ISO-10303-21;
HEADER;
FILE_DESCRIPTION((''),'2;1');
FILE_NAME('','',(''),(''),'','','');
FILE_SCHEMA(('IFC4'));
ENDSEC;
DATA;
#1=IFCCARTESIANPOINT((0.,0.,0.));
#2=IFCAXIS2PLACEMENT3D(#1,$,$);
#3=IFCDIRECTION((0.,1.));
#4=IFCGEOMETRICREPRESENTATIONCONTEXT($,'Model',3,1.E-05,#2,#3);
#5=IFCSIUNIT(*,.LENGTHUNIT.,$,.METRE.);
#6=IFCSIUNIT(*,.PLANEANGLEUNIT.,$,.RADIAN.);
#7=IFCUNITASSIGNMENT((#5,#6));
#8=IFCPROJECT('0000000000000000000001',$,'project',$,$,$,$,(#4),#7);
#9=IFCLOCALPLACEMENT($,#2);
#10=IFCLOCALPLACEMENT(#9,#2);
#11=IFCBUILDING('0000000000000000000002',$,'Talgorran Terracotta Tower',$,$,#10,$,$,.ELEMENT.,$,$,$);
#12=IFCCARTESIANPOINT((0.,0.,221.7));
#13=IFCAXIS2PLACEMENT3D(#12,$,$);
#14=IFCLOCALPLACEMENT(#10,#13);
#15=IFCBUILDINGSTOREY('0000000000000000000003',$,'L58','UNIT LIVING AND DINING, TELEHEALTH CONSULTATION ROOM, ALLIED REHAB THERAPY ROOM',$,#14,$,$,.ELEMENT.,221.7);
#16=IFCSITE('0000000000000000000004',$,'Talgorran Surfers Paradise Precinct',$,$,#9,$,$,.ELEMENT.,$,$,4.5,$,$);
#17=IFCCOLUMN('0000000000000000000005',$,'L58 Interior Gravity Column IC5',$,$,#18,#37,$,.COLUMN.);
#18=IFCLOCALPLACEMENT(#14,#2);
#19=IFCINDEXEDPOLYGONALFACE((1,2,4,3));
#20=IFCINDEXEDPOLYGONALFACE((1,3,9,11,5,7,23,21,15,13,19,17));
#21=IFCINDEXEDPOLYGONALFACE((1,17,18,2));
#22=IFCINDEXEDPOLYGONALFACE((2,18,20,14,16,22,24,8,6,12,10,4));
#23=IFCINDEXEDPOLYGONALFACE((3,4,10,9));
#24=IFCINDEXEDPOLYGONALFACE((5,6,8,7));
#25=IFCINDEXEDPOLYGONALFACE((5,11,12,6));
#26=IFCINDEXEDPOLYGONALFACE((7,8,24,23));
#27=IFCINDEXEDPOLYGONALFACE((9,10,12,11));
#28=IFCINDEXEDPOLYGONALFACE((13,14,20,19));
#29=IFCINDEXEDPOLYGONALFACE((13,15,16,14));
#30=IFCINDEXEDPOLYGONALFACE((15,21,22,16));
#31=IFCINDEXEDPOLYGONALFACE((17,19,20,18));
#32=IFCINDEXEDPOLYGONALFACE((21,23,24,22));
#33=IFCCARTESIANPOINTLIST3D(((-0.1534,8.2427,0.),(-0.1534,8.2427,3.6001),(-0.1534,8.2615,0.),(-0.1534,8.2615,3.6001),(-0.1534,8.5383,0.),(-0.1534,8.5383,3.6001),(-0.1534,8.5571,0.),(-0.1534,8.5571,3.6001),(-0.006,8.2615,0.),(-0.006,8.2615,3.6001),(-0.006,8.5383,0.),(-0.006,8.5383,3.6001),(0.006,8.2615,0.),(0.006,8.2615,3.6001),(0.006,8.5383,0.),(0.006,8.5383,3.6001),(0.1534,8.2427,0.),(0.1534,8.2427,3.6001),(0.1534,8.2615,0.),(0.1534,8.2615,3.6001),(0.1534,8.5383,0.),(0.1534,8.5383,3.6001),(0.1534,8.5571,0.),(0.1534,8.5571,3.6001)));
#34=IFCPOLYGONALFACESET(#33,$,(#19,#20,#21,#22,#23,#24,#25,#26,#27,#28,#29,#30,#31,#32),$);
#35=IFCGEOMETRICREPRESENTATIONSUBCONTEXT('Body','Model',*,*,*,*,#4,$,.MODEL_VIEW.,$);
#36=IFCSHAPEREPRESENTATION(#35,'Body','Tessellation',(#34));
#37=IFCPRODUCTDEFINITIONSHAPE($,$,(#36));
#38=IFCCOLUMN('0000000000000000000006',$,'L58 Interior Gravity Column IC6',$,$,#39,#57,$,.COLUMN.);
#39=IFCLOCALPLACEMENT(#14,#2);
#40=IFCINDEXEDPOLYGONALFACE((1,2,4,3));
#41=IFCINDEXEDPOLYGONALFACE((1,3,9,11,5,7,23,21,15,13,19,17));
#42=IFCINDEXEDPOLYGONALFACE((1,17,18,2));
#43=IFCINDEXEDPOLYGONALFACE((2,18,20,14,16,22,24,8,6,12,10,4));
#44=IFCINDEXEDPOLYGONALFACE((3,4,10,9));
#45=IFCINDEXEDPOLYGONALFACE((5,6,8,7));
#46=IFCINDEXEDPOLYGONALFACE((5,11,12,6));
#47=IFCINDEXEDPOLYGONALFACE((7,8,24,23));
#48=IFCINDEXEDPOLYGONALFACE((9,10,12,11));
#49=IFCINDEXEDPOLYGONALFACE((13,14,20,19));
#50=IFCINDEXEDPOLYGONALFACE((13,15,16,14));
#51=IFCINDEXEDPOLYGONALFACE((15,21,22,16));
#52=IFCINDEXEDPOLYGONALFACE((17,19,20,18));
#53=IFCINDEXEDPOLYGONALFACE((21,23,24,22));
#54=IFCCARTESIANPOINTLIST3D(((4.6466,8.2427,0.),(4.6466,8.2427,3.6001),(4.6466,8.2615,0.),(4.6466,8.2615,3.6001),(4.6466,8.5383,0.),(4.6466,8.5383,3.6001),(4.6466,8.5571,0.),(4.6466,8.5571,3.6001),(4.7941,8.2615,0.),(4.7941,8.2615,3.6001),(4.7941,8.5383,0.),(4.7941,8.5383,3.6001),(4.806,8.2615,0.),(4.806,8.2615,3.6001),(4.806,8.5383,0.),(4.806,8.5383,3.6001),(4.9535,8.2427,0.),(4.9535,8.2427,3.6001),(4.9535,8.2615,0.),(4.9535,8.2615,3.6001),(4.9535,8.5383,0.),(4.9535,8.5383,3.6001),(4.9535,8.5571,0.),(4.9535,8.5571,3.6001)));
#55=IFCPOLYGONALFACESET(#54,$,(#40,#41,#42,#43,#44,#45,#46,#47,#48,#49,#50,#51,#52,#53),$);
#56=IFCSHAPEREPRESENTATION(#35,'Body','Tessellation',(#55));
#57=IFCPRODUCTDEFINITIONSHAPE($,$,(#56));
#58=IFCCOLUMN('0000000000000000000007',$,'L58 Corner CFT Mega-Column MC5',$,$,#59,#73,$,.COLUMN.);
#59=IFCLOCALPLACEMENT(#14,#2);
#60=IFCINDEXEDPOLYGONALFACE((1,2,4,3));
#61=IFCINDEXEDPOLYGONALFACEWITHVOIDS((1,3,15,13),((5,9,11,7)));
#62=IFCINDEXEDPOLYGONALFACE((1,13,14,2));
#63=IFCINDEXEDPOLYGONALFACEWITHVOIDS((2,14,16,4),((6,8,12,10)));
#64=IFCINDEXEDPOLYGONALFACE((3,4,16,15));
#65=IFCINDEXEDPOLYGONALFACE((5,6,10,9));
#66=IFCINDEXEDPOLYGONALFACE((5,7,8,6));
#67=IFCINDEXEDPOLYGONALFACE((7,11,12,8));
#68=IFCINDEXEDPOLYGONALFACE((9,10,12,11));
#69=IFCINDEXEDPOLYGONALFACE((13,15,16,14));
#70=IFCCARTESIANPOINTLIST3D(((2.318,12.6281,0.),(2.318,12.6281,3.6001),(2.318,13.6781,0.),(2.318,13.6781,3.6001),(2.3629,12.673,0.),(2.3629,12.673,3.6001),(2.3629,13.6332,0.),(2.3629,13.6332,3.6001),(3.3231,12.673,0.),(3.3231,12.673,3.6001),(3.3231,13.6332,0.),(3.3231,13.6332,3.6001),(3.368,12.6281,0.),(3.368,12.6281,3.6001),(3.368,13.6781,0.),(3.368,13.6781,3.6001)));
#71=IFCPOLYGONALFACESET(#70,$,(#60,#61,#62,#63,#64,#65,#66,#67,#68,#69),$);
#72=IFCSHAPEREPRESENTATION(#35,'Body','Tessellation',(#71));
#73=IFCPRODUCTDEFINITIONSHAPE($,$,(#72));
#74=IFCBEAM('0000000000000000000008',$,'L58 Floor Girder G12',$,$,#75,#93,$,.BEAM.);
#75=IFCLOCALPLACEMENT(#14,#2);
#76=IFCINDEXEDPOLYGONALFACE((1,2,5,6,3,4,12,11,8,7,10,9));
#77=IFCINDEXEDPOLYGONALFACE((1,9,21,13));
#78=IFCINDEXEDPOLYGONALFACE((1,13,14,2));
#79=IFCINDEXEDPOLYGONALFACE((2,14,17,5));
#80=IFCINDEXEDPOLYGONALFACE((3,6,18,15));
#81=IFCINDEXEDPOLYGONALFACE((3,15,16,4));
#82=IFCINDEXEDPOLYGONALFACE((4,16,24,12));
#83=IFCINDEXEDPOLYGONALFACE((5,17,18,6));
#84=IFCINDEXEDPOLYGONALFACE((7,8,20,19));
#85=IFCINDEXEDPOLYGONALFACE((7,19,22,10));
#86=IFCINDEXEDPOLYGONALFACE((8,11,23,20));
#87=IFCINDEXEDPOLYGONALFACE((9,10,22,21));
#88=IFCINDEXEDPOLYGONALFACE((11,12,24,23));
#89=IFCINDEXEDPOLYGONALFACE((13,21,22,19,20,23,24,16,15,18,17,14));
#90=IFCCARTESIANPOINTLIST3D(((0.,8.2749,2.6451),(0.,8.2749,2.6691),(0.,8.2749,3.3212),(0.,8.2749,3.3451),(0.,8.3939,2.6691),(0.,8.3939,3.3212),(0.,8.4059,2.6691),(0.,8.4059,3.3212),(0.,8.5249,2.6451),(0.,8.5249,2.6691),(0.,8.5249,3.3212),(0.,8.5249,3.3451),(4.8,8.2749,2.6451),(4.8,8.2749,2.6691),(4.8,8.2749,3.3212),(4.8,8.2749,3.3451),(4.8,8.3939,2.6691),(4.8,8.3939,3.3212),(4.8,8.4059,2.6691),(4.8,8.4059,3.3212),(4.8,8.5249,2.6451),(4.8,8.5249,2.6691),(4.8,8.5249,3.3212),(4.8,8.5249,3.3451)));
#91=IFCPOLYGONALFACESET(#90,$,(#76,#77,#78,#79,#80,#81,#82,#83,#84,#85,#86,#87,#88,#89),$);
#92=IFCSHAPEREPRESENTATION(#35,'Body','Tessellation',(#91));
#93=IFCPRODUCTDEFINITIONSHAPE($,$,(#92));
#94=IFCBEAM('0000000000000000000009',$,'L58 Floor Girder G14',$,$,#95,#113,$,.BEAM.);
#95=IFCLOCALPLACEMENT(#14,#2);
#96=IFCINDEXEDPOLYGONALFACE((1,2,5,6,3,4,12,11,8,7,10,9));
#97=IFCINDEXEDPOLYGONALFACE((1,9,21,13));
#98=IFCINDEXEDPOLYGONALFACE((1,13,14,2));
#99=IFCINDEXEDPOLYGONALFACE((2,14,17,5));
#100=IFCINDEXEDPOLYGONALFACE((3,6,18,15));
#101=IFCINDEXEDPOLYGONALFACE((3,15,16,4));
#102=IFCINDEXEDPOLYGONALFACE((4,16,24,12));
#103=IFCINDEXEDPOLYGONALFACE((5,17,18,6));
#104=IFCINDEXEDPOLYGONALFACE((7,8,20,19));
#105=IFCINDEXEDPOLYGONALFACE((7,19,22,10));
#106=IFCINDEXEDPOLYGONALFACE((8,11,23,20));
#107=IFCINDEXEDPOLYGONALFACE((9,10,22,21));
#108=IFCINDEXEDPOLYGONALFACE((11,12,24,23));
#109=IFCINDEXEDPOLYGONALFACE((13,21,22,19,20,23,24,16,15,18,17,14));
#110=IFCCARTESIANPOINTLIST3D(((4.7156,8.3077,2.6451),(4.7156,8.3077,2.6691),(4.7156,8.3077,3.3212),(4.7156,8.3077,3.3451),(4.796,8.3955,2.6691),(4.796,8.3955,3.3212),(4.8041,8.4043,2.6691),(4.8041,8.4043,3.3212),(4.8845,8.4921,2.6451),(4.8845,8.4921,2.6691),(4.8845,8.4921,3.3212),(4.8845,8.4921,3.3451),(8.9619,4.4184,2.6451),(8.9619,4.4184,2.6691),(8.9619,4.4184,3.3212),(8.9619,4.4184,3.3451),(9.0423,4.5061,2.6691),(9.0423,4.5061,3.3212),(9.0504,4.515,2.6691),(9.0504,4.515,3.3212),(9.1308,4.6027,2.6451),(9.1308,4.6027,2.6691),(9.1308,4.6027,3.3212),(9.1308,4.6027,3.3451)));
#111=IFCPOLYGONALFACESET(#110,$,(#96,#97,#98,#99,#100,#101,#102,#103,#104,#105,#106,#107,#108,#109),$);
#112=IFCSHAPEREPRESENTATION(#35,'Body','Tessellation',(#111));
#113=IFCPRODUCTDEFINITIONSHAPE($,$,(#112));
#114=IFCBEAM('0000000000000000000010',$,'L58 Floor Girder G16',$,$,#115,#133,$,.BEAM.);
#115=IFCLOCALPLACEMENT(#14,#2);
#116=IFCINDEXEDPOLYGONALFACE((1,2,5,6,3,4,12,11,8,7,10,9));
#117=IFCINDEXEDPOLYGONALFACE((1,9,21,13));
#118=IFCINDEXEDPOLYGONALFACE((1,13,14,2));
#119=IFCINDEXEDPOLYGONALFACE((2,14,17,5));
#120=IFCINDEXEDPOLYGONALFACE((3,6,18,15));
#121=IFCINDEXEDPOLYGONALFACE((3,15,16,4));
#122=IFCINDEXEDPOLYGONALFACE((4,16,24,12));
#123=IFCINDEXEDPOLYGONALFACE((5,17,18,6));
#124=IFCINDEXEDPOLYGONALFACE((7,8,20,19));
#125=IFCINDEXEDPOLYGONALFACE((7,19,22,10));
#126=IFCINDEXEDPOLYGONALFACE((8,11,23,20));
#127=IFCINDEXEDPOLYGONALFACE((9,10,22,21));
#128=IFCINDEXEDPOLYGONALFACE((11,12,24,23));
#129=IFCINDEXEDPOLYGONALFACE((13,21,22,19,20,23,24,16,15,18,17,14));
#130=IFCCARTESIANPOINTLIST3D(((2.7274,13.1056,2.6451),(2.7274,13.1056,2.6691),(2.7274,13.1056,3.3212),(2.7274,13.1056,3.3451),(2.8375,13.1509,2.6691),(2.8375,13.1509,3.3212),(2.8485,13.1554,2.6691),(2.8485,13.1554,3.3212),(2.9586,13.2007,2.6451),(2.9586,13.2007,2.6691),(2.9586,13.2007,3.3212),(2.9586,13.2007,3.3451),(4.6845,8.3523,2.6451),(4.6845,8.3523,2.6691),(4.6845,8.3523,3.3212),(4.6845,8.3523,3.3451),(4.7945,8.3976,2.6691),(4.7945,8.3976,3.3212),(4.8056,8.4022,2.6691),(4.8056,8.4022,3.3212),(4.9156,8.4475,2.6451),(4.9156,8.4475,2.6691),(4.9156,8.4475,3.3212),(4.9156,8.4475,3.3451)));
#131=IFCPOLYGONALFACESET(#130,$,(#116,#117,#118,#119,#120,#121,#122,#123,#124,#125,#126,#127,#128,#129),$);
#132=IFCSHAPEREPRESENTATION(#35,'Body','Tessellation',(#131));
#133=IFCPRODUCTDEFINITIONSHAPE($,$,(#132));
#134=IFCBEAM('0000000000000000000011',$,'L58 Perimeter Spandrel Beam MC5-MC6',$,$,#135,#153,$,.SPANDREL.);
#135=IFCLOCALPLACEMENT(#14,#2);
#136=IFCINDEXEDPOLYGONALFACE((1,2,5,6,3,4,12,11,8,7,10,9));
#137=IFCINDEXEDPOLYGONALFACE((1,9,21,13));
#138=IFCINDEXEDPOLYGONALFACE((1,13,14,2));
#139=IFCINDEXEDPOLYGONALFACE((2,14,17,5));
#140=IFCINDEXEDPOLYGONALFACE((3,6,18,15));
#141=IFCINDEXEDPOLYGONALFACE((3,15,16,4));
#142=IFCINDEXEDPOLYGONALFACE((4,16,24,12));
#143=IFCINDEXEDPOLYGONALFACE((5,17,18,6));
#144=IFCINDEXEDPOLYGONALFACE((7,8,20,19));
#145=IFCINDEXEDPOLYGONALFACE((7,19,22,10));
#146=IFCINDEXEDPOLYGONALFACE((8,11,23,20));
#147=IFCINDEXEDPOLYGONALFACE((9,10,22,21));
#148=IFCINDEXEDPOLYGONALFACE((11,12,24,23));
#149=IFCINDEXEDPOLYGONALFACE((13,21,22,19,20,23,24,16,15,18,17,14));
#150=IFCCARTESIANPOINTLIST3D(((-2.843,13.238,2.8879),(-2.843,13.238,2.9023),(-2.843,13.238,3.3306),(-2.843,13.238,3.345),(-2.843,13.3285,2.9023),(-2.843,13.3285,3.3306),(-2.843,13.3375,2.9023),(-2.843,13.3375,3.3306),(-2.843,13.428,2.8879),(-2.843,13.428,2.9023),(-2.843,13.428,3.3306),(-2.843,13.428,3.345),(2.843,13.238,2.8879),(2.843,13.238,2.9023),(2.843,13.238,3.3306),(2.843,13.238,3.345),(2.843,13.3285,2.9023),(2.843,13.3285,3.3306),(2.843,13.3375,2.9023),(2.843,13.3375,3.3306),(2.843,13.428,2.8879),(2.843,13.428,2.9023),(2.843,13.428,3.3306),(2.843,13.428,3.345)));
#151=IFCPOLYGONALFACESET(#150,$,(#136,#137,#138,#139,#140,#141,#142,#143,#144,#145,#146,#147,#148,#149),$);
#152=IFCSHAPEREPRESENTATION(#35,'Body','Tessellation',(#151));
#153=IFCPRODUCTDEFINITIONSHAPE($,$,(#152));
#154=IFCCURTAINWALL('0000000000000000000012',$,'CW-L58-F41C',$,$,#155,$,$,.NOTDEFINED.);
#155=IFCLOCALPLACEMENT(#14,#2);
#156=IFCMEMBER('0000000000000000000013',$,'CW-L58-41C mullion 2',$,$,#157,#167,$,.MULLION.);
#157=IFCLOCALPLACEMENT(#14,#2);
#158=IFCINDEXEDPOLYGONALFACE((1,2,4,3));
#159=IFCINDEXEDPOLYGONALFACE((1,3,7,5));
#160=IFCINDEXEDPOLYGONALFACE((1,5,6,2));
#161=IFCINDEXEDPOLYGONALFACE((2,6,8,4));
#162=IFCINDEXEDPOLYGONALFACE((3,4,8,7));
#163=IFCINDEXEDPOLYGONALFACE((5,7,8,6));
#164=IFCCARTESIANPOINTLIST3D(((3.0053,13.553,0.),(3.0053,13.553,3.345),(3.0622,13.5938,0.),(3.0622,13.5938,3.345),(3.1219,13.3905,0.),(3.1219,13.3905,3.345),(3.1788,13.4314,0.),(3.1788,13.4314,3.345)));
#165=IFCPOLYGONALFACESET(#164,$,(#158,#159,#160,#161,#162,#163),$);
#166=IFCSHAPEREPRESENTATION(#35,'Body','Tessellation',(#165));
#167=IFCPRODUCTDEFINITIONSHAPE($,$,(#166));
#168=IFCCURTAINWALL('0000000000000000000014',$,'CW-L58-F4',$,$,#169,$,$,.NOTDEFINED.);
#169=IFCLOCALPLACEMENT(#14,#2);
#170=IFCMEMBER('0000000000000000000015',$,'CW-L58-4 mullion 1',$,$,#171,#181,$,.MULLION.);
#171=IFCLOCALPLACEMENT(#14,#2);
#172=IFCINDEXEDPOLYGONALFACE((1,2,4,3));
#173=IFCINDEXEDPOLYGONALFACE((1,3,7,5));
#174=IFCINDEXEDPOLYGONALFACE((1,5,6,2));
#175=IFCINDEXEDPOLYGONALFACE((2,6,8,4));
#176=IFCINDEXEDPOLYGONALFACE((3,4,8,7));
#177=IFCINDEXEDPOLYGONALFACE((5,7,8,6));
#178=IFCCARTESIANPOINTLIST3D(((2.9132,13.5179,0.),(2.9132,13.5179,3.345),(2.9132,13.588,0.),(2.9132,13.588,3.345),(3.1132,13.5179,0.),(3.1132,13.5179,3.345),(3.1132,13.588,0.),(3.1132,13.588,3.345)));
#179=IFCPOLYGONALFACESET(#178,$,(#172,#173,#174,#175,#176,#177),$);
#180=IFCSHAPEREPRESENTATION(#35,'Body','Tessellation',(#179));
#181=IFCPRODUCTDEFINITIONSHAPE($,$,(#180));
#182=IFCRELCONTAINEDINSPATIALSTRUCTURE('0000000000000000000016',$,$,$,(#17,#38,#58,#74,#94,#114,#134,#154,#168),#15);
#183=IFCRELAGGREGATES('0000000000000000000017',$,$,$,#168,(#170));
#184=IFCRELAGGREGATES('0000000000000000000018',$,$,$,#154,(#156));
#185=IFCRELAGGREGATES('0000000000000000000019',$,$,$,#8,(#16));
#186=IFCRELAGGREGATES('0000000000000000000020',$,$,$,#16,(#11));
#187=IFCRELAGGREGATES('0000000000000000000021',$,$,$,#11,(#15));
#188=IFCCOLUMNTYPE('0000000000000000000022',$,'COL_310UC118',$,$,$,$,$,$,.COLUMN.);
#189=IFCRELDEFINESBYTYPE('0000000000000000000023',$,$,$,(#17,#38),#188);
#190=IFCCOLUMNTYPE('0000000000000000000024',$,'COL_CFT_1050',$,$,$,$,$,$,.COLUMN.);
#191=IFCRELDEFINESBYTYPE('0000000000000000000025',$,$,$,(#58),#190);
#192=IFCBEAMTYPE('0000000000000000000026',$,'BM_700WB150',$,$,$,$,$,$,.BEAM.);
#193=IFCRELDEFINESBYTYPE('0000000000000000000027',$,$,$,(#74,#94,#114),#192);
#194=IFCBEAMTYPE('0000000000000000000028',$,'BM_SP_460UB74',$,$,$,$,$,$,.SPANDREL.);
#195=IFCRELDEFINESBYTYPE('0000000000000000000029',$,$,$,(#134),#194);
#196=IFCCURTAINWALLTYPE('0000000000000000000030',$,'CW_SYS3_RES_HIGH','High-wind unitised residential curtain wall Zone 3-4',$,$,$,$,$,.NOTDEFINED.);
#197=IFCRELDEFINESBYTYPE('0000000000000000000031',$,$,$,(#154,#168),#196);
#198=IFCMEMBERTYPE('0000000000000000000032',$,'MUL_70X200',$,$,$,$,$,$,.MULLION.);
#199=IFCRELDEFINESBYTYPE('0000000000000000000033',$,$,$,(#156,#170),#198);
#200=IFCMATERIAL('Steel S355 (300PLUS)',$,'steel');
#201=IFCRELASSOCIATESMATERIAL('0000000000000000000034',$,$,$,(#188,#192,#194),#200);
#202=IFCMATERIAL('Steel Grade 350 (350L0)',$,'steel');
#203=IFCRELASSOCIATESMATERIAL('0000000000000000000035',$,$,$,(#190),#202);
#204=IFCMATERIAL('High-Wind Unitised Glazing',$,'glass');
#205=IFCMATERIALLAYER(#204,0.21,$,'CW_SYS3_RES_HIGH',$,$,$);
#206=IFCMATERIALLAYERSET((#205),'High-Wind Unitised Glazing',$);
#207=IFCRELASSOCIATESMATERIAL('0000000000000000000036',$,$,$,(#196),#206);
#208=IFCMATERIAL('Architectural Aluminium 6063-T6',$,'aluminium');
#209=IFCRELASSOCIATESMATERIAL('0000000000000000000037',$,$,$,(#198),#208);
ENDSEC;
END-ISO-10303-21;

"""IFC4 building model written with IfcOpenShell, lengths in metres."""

from ifc_helpers import new_model, si_unit, direction, frame, origin, origin_2d, place, context, subcontext, project, spatial, rectangle, hollow_rectangle, i_section, extrude, material, layer, layer_set, material_profile, profile_set, type_object, element, aggregate, save


model = new_model("IFC4")

# Units and contexts
model_context = context("Model", 3, precision=1e-05, world=origin(), true_north=direction((0.0, 1.0)))
body_context = subcontext(model_context, "Body", "Model", "MODEL_VIEW")
ifc_project = project(units=[si_unit("LENGTHUNIT", "METRE"), si_unit("PLANEANGLEUNIT", "RADIAN")], contexts=[model_context])

# Site, building, storey
site_placement = place(None, origin())
site = spatial("IfcSite", under=ifc_project, at=site_placement, Name="Talgorran Surfers Paradise Precinct", CompositionType="ELEMENT", RefElevation=4.5)
building_placement = place(site_placement, origin())
building = spatial("IfcBuilding", under=site, at=building_placement, Name="Talgorran Terracotta Tower", CompositionType="ELEMENT")
storey_placement = place(building_placement, frame((0.0, 0.0, 221.7)))
storey = spatial("IfcBuildingStorey", under=building, at=storey_placement, Name="L58", Description="UNIT LIVING AND DINING, TELEHEALTH CONSULTATION ROOM, ALLIED REHAB THERAPY ROOM", CompositionType="ELEMENT", Elevation=221.7)

# Columns
ifc_material_1 = material(Name="Steel S355 (300PLUS)", Category="steel")
ifc_material_profile_1 = material_profile(ifc_material_1, i_section(OverallWidth=0.3069, OverallDepth=0.3145, WebThickness=0.012, FlangeThickness=0.0188, at=origin_2d()), Name="310UC118")
ifc_profile_set_1 = profile_set([ifc_material_profile_1], Name="Steel S355 (300PLUS)")
column_type_1 = type_object("IfcColumnType", Name="COL_310UC118", PredefinedType="COLUMN", material=ifc_profile_set_1)
for number, where, z_axis, x_axis, name in (
    (1, (0.0, 8.3999, 0.0), (0.0, 0.0, 1.0), (1.0, 0.0, 0.0), "L58 Interior Gravity Column IC5"),
    (2, (4.8, 8.3999, 0.0), (0.0, 0.0, 1.0), (1.0, 0.0, 0.0), "L58 Interior Gravity Column IC6"),
):
    element("IfcColumn", number, at=place(storey_placement, frame(where, z_axis=z_axis, x_axis=x_axis)), inside=storey, type_object=column_type_1, Name=name, PredefinedType="COLUMN", context=body_context, shape_type="SweptSolid", body=[
        extrude(i_section(OverallWidth=0.3069, OverallDepth=0.3145, WebThickness=0.012, FlangeThickness=0.0188, at=origin_2d()), origin(), (0.0, 0.0, 1.0), 3.6001),
    ])
ifc_material_2 = material(Name="Steel Grade 350 (350L0)", Category="steel")
ifc_material_profile_2 = material_profile(ifc_material_2, hollow_rectangle(XDim=1.05, YDim=1.05, WallThickness=0.0449, at=origin_2d()), Name="CFT1050X1050X45")
ifc_profile_set_2 = profile_set([ifc_material_profile_2], Name="Steel Grade 350 (350L0)")
column_type_2 = type_object("IfcColumnType", Name="COL_CFT_1050", PredefinedType="COLUMN", material=ifc_profile_set_2)
column_placement = place(storey_placement, frame((2.843, 13.1531, 0.0), z_axis=(0.0, 0.0, 1.0), x_axis=(1.0, 0.0, 0.0)))
element("IfcColumn", 3, at=column_placement, inside=storey, type_object=column_type_2, Name="L58 Corner CFT Mega-Column MC5", PredefinedType="COLUMN", context=body_context, shape_type="SweptSolid", body=[
    extrude(hollow_rectangle(XDim=1.05, YDim=1.05, WallThickness=0.0449, at=origin_2d()), origin(), (0.0, 0.0, 1.0), 3.6001),
])

# Beams
ifc_material_profile_3 = material_profile(ifc_material_1, i_section(OverallWidth=0.25, OverallDepth=0.7, WebThickness=0.012, FlangeThickness=0.0239, at=origin_2d()), Name="700WB150")
ifc_profile_set_3 = profile_set([ifc_material_profile_3], Name="Steel S355 (300PLUS)")
beam_type_1 = type_object("IfcBeamType", Name="BM_700WB150", PredefinedType="BEAM", material=ifc_profile_set_3)
beam_1_placement = place(storey_placement, frame((0.0, 8.3999, 2.9951), z_axis=(1.0, 0.0, 0.0), x_axis=(0.0, 1.0, 0.0)))
element("IfcBeam", 4, at=beam_1_placement, inside=storey, type_object=beam_type_1, Name="L58 Floor Girder G12", PredefinedType="BEAM", context=body_context, shape_type="SweptSolid", body=[
    extrude(i_section(OverallWidth=0.25, OverallDepth=0.7, WebThickness=0.012, FlangeThickness=0.0239, at=origin_2d()), origin(), (0.0, 0.0, 1.0), 4.8),
])
beam_2_placement = place(storey_placement, frame((4.8, 8.3999, 2.9951), z_axis=(0.73742, -0.675435, 0.0), x_axis=(0.675435, 0.73742, 0.0)))
element("IfcBeam", 5, at=beam_2_placement, inside=storey, type_object=beam_type_1, Name="L58 Floor Girder G14", PredefinedType="BEAM", context=body_context, shape_type="SweptSolid", body=[
    extrude(i_section(OverallWidth=0.25, OverallDepth=0.7, WebThickness=0.012, FlangeThickness=0.0239, at=origin_2d()), origin(), (0.0, 0.0, 1.0), 5.7583),
])
beam_3_placement = place(storey_placement, frame((4.8, 8.3999, 2.9951), z_axis=(-0.380724, 0.924689, 0.0), x_axis=(-0.924689, -0.380724, 0.0)))
element("IfcBeam", 6, at=beam_3_placement, inside=storey, type_object=beam_type_1, Name="L58 Floor Girder G16", PredefinedType="BEAM", context=body_context, shape_type="SweptSolid", body=[
    extrude(i_section(OverallWidth=0.25, OverallDepth=0.7, WebThickness=0.012, FlangeThickness=0.0239, at=origin_2d()), origin(), (0.0, 0.0, 1.0), 5.1404),
])
ifc_material_profile_4 = material_profile(ifc_material_1, i_section(OverallWidth=0.1899, OverallDepth=0.457, WebThickness=0.009, FlangeThickness=0.0144, at=origin_2d()), Name="460UB74.6")
ifc_profile_set_4 = profile_set([ifc_material_profile_4], Name="Steel S355 (300PLUS)")
beam_type_2 = type_object("IfcBeamType", Name="BM_SP_460UB74", PredefinedType="SPANDREL", material=ifc_profile_set_4)
beam_4_placement = place(storey_placement, frame((2.843, 13.333, 3.1165), z_axis=(-1.0, 0.0, 0.0), x_axis=(0.0, -1.0, 0.0)))
element("IfcBeam", 7, at=beam_4_placement, inside=storey, type_object=beam_type_2, Name="L58 Perimeter Spandrel Beam MC5-MC6", PredefinedType="SPANDREL", context=body_context, shape_type="SweptSolid", body=[
    extrude(i_section(OverallWidth=0.1899, OverallDepth=0.457, WebThickness=0.009, FlangeThickness=0.0144, at=origin_2d()), origin(), (0.0, 0.0, 1.0), 5.686),
])

# Curtain walls, members
ifc_material_3 = material(Name="High-Wind Unitised Glazing", Category="glass")
ifc_layer_1 = layer(ifc_material_3, 0.21, Name="CW_SYS3_RES_HIGH")
ifc_layer_set_1 = layer_set([ifc_layer_1], Name="High-Wind Unitised Glazing")
curtain_wall_type = type_object("IfcCurtainWallType", Name="CW_SYS3_RES_HIGH", Description="High-wind unitised residential curtain wall Zone 3-4", PredefinedType="NOTDEFINED", material=ifc_layer_set_1)
curtain_wall_1_placement = place(storey_placement, origin())
curtain_wall_1 = element("IfcCurtainWall", 8, at=curtain_wall_1_placement, inside=storey, type_object=curtain_wall_type, Name="CW-L58-F41C", PredefinedType="NOTDEFINED")
ifc_material_4 = material(Name="Architectural Aluminium 6063-T6", Category="aluminium")
ifc_material_profile_5 = material_profile(ifc_material_4, rectangle(XDim=0.0701, YDim=0.2, at=origin_2d()), Name="CWM70X200")
ifc_profile_set_5 = profile_set([ifc_material_profile_5], Name="Architectural Aluminium 6063-T6")
member_type_1 = type_object("IfcMemberType", Name="MUL_70X200", PredefinedType="MULLION", material=ifc_profile_set_5)
member_1_placement = place(storey_placement, frame((3.092, 13.4922, 0.0), z_axis=(0.0, 0.0, 1.0), x_axis=(-0.81239, -0.583114, 0.0)))
member_1 = element("IfcMember", 9, at=member_1_placement, type_object=member_type_1, Name="CW-L58-41C mullion 2", PredefinedType="MULLION", context=body_context, shape_type="SweptSolid", body=[
    extrude(rectangle(XDim=0.0701, YDim=0.2, at=origin_2d()), origin(), (0.0, 0.0, 1.0), 3.345),
])
curtain_wall_2_placement = place(storey_placement, origin())
curtain_wall_2 = element("IfcCurtainWall", 10, at=curtain_wall_2_placement, inside=storey, type_object=curtain_wall_type, Name="CW-L58-F4", PredefinedType="NOTDEFINED")
member_2_placement = place(storey_placement, frame((3.0132, 13.553, 0.0), z_axis=(0.0, 0.0, 1.0), x_axis=(0.0, -1.0, 0.0)))
member_2 = element("IfcMember", 11, at=member_2_placement, type_object=member_type_1, Name="CW-L58-4 mullion 1", PredefinedType="MULLION", context=body_context, shape_type="SweptSolid", body=[
    extrude(rectangle(XDim=0.0701, YDim=0.2, at=origin_2d()), origin(), (0.0, 0.0, 1.0), 3.345),
])

aggregate(curtain_wall_2, [member_2])
aggregate(curtain_wall_1, [member_1])

save(model, "model.ifc")
